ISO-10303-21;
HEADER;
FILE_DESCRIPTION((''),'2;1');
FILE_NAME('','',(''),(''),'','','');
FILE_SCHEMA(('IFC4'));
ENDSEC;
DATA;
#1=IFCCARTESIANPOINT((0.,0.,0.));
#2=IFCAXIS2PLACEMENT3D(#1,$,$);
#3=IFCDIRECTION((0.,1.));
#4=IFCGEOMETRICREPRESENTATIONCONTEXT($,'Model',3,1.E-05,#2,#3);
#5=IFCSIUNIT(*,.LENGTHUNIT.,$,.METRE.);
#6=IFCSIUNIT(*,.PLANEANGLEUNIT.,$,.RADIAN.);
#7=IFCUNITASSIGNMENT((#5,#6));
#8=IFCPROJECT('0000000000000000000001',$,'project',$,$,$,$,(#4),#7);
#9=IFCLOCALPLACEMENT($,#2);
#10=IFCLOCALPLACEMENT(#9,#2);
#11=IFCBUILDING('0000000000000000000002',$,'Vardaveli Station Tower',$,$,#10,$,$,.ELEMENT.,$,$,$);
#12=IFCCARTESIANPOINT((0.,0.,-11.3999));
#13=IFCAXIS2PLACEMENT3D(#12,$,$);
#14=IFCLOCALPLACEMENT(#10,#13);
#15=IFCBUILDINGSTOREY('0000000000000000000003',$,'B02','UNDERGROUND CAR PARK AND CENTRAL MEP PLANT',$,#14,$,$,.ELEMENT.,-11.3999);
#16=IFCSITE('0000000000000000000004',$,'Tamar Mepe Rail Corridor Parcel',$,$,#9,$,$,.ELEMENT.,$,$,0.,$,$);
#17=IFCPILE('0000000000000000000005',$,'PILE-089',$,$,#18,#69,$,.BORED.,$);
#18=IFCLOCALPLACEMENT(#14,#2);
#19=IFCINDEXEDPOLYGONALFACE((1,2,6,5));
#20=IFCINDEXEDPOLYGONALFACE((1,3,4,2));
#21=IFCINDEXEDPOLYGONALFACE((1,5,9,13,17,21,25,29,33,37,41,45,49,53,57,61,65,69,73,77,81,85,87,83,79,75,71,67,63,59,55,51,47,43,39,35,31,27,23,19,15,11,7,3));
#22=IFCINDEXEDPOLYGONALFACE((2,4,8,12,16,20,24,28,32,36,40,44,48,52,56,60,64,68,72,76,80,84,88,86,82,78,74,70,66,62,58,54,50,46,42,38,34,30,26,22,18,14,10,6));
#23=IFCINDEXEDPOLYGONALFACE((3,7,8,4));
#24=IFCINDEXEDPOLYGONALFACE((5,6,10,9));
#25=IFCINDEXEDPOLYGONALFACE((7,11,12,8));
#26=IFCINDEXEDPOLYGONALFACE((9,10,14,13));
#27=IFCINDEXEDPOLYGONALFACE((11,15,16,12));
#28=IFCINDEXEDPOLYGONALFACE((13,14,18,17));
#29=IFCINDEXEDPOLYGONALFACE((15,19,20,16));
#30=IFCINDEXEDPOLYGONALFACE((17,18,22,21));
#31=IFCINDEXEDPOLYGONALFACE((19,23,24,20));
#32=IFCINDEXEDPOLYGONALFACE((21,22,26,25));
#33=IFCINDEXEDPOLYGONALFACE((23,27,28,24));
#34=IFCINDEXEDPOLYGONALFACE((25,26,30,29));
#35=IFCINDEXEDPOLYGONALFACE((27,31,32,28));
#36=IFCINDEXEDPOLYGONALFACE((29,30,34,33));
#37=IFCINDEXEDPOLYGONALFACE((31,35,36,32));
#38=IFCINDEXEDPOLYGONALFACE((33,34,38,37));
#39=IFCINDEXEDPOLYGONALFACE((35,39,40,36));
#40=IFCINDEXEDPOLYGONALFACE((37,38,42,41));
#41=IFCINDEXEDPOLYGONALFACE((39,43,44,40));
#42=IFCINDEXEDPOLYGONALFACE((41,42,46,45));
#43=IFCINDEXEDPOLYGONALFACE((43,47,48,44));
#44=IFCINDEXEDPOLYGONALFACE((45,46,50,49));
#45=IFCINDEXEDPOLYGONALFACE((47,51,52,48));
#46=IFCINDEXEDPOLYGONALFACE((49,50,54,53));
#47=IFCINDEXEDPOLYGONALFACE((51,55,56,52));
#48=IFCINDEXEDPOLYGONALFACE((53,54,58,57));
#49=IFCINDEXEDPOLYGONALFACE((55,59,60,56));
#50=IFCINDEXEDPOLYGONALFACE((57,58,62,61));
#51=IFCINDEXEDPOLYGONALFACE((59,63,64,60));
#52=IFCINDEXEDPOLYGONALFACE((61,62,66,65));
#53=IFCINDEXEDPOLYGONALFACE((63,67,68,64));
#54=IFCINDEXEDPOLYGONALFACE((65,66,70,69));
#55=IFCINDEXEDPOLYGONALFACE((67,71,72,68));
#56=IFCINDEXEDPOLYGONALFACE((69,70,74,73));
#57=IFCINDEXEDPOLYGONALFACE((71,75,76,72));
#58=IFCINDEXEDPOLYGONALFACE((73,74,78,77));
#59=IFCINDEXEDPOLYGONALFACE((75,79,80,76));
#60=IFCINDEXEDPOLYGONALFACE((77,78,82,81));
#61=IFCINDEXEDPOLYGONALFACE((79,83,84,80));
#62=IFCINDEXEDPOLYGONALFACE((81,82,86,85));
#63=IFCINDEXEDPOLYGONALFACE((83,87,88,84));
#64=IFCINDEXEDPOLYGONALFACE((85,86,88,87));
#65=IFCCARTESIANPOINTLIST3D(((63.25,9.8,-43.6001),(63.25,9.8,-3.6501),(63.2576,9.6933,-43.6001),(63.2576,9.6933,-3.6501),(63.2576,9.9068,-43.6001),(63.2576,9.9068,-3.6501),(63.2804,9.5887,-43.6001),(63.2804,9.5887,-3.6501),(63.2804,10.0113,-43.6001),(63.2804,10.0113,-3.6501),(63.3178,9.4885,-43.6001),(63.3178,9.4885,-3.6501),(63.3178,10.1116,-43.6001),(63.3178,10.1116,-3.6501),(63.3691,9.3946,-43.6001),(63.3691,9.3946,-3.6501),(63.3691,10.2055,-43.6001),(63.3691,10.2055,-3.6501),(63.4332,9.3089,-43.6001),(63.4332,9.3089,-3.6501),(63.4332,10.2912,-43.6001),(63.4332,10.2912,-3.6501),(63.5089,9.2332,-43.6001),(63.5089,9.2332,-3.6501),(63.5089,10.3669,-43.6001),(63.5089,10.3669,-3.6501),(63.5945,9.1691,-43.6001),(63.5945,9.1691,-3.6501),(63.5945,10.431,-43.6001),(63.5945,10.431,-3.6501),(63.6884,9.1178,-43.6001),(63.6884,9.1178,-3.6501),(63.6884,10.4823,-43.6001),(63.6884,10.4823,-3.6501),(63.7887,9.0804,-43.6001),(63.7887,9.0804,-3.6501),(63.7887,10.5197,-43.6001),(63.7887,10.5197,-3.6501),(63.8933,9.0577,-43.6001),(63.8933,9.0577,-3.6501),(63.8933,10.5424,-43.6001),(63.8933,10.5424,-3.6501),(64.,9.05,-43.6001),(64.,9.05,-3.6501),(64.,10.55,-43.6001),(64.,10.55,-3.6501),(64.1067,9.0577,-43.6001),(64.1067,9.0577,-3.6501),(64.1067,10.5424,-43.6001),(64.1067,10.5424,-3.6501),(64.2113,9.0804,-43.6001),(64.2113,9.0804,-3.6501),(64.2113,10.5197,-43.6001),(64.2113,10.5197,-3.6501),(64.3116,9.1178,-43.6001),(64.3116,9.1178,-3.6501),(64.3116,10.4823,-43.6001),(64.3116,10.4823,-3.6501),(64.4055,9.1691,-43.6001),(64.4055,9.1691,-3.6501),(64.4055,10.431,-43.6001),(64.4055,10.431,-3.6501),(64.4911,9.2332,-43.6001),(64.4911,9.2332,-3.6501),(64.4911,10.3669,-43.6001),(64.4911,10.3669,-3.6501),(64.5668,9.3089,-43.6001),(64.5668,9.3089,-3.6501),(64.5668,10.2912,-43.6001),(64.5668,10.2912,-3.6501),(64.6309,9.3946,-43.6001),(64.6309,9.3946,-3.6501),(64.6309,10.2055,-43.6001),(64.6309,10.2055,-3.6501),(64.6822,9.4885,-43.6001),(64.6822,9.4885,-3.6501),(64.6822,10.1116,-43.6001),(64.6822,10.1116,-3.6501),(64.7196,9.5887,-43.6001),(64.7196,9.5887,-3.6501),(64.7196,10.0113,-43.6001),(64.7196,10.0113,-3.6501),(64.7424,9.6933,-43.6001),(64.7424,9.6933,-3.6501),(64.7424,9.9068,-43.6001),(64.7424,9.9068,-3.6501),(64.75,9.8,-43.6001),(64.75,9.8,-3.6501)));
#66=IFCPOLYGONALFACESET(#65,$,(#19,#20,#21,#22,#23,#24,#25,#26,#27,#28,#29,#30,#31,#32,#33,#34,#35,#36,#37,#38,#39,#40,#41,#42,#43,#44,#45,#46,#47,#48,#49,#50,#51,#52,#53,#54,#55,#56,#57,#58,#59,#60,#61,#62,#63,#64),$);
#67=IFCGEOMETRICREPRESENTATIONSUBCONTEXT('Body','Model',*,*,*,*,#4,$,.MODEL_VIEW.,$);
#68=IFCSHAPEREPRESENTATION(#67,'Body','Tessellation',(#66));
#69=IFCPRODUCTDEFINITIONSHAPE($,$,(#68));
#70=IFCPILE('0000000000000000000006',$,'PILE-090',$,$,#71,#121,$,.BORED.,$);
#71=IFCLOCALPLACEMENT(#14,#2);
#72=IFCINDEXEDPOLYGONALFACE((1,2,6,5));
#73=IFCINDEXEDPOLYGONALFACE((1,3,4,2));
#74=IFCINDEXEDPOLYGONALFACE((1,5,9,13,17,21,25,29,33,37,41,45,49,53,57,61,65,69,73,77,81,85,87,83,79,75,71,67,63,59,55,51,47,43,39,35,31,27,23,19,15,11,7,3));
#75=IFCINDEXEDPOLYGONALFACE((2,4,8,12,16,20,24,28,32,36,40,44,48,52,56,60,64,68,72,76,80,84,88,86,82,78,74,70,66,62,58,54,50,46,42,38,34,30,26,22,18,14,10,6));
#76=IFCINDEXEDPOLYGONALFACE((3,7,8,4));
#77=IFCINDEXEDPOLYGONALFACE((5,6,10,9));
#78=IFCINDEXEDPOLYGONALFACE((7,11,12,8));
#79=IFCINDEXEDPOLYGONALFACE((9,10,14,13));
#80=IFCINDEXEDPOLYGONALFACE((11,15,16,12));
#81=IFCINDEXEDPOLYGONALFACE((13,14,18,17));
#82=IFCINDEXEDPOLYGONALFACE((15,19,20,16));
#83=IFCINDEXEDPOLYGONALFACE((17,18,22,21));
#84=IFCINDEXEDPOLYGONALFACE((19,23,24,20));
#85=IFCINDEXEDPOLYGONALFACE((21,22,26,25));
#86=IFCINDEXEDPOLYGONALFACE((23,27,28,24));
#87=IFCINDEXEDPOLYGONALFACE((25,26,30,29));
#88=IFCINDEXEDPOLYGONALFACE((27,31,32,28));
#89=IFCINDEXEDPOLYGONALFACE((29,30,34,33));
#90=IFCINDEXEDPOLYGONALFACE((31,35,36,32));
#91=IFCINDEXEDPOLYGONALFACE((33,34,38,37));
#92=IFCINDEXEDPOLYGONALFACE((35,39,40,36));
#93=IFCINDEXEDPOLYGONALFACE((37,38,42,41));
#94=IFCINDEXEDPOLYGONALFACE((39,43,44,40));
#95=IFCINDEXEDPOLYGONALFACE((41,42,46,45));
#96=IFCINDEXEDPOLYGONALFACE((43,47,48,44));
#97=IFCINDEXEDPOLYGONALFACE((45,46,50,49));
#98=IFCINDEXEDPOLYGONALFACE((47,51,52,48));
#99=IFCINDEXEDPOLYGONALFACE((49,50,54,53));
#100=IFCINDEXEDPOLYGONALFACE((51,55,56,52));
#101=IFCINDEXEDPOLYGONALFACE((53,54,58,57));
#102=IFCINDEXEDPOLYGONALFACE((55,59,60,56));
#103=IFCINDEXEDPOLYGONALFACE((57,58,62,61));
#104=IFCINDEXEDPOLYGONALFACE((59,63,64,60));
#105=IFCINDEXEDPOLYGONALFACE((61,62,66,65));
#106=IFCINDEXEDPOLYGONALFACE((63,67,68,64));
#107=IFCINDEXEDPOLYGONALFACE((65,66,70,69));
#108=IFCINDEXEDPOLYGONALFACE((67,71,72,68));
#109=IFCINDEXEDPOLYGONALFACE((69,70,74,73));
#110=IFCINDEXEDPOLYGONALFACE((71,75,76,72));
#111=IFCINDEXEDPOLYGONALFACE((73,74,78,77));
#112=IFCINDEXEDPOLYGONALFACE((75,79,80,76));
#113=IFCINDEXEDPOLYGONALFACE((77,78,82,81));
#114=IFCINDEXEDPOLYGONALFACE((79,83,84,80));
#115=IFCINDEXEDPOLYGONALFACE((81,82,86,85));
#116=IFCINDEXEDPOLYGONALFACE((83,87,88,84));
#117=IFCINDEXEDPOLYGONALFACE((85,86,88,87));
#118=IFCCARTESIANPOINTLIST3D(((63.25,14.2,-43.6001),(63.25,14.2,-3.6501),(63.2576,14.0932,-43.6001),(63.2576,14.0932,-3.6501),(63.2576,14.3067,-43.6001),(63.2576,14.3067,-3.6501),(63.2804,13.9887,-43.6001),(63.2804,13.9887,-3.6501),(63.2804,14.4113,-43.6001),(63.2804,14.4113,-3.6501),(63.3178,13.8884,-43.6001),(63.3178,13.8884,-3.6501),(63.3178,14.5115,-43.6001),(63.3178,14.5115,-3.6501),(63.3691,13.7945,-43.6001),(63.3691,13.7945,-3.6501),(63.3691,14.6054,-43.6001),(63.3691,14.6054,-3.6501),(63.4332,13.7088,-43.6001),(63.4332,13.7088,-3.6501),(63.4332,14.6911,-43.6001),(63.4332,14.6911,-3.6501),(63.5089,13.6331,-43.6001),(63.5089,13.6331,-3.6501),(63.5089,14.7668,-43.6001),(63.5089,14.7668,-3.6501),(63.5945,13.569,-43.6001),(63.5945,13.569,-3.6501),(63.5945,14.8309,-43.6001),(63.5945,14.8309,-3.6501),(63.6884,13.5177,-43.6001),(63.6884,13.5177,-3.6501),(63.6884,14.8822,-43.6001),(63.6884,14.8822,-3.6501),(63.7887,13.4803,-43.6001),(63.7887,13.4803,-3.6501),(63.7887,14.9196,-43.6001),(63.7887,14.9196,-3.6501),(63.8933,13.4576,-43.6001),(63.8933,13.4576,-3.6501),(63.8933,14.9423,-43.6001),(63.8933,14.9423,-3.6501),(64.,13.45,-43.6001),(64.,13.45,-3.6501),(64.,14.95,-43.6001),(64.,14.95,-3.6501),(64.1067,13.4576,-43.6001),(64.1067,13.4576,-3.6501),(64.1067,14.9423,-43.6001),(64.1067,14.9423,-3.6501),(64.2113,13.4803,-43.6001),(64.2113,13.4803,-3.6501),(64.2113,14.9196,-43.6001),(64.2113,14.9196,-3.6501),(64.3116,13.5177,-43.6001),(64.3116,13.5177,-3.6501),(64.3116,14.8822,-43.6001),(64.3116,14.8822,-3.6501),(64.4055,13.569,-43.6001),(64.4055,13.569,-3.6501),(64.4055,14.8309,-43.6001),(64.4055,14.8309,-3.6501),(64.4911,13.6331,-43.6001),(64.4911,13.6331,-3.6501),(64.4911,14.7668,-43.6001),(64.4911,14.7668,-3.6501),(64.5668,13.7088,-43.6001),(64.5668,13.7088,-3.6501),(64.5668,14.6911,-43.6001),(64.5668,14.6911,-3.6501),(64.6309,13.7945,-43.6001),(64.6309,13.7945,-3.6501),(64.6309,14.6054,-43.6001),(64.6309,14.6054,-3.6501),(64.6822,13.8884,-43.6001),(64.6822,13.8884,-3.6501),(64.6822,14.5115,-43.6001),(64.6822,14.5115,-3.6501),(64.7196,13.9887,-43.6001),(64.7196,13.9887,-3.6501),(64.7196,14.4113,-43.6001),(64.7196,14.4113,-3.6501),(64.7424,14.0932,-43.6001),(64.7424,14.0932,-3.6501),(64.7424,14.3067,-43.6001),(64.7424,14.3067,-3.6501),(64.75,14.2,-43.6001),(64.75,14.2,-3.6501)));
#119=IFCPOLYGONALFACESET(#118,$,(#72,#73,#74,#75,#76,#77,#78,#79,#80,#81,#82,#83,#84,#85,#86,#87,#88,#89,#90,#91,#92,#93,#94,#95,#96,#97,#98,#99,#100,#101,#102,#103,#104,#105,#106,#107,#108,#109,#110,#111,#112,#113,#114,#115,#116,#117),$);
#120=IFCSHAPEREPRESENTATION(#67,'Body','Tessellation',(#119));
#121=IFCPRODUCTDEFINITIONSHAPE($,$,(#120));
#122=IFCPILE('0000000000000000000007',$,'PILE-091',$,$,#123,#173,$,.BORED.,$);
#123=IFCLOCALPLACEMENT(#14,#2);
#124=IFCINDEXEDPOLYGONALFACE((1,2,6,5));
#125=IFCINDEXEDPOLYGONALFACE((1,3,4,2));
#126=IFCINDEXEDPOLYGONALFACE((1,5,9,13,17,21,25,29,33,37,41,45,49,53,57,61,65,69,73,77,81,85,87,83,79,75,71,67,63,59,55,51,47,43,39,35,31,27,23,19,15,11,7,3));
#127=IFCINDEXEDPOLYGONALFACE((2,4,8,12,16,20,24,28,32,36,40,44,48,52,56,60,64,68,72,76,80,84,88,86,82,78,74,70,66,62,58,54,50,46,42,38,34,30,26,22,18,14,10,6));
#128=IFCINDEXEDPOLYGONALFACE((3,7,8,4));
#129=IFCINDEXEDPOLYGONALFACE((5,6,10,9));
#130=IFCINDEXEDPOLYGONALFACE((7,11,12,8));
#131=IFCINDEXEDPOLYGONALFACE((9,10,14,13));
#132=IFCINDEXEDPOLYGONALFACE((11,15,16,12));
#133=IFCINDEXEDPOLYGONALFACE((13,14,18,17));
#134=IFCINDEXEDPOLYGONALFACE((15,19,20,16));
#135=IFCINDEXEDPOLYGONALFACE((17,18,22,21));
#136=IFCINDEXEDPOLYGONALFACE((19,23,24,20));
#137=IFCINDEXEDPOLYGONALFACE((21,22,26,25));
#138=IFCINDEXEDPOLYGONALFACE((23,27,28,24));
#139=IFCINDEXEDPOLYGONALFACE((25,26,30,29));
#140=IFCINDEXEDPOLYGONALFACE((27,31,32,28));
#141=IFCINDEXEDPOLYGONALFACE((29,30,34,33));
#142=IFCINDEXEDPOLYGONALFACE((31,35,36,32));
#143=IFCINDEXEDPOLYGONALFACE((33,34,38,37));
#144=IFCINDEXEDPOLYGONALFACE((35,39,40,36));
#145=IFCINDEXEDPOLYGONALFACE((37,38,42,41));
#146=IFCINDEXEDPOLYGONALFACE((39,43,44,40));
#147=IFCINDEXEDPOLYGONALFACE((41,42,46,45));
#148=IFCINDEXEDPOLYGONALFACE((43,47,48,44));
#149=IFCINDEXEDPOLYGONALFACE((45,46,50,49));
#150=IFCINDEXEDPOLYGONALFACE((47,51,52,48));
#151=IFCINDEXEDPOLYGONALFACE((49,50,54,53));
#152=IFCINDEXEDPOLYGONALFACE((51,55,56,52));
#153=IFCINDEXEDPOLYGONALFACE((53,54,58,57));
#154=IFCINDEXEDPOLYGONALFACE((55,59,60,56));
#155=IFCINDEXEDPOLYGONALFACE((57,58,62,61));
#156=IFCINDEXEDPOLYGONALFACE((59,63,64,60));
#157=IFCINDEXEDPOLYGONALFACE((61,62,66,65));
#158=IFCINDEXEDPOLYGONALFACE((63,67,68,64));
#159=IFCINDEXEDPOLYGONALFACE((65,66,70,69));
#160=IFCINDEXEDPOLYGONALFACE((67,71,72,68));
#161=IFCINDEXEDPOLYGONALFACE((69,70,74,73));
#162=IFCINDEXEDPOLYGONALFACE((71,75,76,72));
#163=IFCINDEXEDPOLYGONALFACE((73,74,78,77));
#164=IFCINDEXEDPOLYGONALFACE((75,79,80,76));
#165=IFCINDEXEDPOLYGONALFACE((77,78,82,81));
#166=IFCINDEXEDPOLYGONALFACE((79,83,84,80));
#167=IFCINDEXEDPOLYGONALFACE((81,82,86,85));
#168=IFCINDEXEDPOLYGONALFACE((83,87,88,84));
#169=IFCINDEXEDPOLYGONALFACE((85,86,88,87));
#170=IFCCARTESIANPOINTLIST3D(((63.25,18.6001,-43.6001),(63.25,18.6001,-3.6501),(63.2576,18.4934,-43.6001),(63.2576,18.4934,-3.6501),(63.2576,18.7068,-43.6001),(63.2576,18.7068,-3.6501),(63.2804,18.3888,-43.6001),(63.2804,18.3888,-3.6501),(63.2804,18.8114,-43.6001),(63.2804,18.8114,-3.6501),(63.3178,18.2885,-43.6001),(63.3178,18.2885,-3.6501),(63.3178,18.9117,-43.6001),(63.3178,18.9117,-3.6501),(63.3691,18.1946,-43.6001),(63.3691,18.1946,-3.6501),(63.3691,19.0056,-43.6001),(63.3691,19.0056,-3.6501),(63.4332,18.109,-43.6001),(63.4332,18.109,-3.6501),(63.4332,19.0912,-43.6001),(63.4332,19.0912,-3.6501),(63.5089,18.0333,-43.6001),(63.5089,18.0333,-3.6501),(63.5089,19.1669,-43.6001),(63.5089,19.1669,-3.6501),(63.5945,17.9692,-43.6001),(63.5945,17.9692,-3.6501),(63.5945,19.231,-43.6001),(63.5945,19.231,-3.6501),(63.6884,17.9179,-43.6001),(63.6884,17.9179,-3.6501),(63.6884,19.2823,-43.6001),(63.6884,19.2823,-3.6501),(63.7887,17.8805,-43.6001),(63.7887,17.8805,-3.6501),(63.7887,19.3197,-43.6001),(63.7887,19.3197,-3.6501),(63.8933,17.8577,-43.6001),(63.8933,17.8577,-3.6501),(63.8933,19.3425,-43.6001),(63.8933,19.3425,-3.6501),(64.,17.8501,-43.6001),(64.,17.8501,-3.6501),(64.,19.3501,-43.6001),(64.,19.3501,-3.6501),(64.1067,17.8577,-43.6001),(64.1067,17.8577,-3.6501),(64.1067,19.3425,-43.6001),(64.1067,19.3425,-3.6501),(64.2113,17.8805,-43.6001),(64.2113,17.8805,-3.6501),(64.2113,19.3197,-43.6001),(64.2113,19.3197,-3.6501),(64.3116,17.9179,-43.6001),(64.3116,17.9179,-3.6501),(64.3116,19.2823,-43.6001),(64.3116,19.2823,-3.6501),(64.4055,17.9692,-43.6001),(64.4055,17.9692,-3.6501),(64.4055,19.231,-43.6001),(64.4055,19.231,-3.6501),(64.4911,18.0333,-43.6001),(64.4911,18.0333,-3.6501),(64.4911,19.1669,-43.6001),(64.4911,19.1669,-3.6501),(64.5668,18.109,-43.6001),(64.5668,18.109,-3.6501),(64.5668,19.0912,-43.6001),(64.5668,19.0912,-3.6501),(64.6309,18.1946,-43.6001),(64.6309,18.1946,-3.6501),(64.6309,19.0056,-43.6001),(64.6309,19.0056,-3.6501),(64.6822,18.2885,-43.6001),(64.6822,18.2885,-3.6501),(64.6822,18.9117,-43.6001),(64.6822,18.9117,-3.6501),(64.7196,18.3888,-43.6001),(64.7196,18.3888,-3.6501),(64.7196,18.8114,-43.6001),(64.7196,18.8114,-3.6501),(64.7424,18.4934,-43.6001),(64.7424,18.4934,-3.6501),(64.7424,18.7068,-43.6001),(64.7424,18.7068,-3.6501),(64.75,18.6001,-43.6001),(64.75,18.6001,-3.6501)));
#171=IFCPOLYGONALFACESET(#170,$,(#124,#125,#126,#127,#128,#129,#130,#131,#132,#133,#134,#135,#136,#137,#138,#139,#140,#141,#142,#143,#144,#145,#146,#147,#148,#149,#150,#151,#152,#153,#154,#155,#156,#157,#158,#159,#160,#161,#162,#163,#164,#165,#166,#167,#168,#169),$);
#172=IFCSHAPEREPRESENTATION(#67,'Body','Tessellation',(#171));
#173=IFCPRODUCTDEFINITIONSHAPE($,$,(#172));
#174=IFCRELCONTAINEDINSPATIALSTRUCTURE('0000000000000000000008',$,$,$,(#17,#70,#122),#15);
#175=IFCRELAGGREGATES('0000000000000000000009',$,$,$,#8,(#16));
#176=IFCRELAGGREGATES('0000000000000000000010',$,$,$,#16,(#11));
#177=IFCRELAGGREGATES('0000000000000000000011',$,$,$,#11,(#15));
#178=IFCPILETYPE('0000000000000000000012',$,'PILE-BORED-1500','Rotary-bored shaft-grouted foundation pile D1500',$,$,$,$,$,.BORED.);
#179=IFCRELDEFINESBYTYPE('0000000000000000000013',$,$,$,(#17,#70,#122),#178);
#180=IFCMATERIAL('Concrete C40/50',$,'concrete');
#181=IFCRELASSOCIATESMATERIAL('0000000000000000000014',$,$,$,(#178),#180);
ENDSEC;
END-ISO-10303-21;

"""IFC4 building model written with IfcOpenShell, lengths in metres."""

from ifc_helpers import new_model, si_unit, direction, frame, origin, origin_2d, place, context, subcontext, project, spatial, circle, extrude, source, transform, mapped, material, material_profile, profile_set, type_object, element, save


model = new_model("IFC4")

# Units and contexts
model_context = context("Model", 3, precision=1e-05, world=origin(), true_north=direction((0.0, 1.0)))
body_context = subcontext(model_context, "Body", "Model", "MODEL_VIEW")
ifc_project = project(units=[si_unit("LENGTHUNIT", "METRE"), si_unit("PLANEANGLEUNIT", "RADIAN")], contexts=[model_context])

# Site, building, storey
site_placement = place(None, origin())
site = spatial("IfcSite", under=ifc_project, at=site_placement, Name="Tamar Mepe Rail Corridor Parcel", CompositionType="ELEMENT", RefElevation=0.0)
building_placement = place(site_placement, origin())
building = spatial("IfcBuilding", under=site, at=building_placement, Name="Vardaveli Station Tower", CompositionType="ELEMENT")
storey_placement = place(building_placement, frame((0.0, 0.0, -11.3999)))
storey = spatial("IfcBuildingStorey", under=building, at=storey_placement, Name="B02", Description="UNDERGROUND CAR PARK AND CENTRAL MEP PLANT", CompositionType="ELEMENT", Elevation=-11.3999)

# Piles
ifc_material_1 = material(Name="Concrete C40/50", Category="concrete")
ifc_material_profile_1 = material_profile(ifc_material_1, circle(Radius=0.75, at=origin_2d()), Name="PILE D1500")
ifc_profile_set_1 = profile_set([ifc_material_profile_1], Name="Concrete C40/50")
pile_type_1 = type_object("IfcPileType", Name="PILE-BORED-1500", Description="Rotary-bored shaft-grouted foundation pile D1500", PredefinedType="BORED", material=ifc_profile_set_1)
shared_shape_1 = source(origin(), body_context, "Body", "SweptSolid", [
    extrude(circle(Radius=0.75, at=origin_2d()), origin(), (0.0, 0.0, 1.0), 39.95),
])
for number, where, z_axis, x_axis, name in (
    (1, (64.0, 9.8, -3.6501), (0.0, 0.0, -1.0), (1.0, 0.0, 0.0), "PILE-089"),
    (2, (64.0, 14.2, -3.6501), (0.0, 0.0, -1.0), (1.0, 0.0, 0.0), "PILE-090"),
    (3, (64.0, 18.6001, -3.6501), (0.0, 0.0, -1.0), (1.0, 0.0, 0.0), "PILE-091"),
):
    element("IfcPile", number, at=place(storey_placement, frame(where, z_axis=z_axis, x_axis=x_axis)), inside=storey, type_object=pile_type_1, Name=name, PredefinedType="BORED", context=body_context, shape_type="MappedRepresentation", body=[
        mapped(shared_shape_1, transform((0.0, 0.0, 0.0), scale=1.0)),
    ])

save(model, "model.ifc")
